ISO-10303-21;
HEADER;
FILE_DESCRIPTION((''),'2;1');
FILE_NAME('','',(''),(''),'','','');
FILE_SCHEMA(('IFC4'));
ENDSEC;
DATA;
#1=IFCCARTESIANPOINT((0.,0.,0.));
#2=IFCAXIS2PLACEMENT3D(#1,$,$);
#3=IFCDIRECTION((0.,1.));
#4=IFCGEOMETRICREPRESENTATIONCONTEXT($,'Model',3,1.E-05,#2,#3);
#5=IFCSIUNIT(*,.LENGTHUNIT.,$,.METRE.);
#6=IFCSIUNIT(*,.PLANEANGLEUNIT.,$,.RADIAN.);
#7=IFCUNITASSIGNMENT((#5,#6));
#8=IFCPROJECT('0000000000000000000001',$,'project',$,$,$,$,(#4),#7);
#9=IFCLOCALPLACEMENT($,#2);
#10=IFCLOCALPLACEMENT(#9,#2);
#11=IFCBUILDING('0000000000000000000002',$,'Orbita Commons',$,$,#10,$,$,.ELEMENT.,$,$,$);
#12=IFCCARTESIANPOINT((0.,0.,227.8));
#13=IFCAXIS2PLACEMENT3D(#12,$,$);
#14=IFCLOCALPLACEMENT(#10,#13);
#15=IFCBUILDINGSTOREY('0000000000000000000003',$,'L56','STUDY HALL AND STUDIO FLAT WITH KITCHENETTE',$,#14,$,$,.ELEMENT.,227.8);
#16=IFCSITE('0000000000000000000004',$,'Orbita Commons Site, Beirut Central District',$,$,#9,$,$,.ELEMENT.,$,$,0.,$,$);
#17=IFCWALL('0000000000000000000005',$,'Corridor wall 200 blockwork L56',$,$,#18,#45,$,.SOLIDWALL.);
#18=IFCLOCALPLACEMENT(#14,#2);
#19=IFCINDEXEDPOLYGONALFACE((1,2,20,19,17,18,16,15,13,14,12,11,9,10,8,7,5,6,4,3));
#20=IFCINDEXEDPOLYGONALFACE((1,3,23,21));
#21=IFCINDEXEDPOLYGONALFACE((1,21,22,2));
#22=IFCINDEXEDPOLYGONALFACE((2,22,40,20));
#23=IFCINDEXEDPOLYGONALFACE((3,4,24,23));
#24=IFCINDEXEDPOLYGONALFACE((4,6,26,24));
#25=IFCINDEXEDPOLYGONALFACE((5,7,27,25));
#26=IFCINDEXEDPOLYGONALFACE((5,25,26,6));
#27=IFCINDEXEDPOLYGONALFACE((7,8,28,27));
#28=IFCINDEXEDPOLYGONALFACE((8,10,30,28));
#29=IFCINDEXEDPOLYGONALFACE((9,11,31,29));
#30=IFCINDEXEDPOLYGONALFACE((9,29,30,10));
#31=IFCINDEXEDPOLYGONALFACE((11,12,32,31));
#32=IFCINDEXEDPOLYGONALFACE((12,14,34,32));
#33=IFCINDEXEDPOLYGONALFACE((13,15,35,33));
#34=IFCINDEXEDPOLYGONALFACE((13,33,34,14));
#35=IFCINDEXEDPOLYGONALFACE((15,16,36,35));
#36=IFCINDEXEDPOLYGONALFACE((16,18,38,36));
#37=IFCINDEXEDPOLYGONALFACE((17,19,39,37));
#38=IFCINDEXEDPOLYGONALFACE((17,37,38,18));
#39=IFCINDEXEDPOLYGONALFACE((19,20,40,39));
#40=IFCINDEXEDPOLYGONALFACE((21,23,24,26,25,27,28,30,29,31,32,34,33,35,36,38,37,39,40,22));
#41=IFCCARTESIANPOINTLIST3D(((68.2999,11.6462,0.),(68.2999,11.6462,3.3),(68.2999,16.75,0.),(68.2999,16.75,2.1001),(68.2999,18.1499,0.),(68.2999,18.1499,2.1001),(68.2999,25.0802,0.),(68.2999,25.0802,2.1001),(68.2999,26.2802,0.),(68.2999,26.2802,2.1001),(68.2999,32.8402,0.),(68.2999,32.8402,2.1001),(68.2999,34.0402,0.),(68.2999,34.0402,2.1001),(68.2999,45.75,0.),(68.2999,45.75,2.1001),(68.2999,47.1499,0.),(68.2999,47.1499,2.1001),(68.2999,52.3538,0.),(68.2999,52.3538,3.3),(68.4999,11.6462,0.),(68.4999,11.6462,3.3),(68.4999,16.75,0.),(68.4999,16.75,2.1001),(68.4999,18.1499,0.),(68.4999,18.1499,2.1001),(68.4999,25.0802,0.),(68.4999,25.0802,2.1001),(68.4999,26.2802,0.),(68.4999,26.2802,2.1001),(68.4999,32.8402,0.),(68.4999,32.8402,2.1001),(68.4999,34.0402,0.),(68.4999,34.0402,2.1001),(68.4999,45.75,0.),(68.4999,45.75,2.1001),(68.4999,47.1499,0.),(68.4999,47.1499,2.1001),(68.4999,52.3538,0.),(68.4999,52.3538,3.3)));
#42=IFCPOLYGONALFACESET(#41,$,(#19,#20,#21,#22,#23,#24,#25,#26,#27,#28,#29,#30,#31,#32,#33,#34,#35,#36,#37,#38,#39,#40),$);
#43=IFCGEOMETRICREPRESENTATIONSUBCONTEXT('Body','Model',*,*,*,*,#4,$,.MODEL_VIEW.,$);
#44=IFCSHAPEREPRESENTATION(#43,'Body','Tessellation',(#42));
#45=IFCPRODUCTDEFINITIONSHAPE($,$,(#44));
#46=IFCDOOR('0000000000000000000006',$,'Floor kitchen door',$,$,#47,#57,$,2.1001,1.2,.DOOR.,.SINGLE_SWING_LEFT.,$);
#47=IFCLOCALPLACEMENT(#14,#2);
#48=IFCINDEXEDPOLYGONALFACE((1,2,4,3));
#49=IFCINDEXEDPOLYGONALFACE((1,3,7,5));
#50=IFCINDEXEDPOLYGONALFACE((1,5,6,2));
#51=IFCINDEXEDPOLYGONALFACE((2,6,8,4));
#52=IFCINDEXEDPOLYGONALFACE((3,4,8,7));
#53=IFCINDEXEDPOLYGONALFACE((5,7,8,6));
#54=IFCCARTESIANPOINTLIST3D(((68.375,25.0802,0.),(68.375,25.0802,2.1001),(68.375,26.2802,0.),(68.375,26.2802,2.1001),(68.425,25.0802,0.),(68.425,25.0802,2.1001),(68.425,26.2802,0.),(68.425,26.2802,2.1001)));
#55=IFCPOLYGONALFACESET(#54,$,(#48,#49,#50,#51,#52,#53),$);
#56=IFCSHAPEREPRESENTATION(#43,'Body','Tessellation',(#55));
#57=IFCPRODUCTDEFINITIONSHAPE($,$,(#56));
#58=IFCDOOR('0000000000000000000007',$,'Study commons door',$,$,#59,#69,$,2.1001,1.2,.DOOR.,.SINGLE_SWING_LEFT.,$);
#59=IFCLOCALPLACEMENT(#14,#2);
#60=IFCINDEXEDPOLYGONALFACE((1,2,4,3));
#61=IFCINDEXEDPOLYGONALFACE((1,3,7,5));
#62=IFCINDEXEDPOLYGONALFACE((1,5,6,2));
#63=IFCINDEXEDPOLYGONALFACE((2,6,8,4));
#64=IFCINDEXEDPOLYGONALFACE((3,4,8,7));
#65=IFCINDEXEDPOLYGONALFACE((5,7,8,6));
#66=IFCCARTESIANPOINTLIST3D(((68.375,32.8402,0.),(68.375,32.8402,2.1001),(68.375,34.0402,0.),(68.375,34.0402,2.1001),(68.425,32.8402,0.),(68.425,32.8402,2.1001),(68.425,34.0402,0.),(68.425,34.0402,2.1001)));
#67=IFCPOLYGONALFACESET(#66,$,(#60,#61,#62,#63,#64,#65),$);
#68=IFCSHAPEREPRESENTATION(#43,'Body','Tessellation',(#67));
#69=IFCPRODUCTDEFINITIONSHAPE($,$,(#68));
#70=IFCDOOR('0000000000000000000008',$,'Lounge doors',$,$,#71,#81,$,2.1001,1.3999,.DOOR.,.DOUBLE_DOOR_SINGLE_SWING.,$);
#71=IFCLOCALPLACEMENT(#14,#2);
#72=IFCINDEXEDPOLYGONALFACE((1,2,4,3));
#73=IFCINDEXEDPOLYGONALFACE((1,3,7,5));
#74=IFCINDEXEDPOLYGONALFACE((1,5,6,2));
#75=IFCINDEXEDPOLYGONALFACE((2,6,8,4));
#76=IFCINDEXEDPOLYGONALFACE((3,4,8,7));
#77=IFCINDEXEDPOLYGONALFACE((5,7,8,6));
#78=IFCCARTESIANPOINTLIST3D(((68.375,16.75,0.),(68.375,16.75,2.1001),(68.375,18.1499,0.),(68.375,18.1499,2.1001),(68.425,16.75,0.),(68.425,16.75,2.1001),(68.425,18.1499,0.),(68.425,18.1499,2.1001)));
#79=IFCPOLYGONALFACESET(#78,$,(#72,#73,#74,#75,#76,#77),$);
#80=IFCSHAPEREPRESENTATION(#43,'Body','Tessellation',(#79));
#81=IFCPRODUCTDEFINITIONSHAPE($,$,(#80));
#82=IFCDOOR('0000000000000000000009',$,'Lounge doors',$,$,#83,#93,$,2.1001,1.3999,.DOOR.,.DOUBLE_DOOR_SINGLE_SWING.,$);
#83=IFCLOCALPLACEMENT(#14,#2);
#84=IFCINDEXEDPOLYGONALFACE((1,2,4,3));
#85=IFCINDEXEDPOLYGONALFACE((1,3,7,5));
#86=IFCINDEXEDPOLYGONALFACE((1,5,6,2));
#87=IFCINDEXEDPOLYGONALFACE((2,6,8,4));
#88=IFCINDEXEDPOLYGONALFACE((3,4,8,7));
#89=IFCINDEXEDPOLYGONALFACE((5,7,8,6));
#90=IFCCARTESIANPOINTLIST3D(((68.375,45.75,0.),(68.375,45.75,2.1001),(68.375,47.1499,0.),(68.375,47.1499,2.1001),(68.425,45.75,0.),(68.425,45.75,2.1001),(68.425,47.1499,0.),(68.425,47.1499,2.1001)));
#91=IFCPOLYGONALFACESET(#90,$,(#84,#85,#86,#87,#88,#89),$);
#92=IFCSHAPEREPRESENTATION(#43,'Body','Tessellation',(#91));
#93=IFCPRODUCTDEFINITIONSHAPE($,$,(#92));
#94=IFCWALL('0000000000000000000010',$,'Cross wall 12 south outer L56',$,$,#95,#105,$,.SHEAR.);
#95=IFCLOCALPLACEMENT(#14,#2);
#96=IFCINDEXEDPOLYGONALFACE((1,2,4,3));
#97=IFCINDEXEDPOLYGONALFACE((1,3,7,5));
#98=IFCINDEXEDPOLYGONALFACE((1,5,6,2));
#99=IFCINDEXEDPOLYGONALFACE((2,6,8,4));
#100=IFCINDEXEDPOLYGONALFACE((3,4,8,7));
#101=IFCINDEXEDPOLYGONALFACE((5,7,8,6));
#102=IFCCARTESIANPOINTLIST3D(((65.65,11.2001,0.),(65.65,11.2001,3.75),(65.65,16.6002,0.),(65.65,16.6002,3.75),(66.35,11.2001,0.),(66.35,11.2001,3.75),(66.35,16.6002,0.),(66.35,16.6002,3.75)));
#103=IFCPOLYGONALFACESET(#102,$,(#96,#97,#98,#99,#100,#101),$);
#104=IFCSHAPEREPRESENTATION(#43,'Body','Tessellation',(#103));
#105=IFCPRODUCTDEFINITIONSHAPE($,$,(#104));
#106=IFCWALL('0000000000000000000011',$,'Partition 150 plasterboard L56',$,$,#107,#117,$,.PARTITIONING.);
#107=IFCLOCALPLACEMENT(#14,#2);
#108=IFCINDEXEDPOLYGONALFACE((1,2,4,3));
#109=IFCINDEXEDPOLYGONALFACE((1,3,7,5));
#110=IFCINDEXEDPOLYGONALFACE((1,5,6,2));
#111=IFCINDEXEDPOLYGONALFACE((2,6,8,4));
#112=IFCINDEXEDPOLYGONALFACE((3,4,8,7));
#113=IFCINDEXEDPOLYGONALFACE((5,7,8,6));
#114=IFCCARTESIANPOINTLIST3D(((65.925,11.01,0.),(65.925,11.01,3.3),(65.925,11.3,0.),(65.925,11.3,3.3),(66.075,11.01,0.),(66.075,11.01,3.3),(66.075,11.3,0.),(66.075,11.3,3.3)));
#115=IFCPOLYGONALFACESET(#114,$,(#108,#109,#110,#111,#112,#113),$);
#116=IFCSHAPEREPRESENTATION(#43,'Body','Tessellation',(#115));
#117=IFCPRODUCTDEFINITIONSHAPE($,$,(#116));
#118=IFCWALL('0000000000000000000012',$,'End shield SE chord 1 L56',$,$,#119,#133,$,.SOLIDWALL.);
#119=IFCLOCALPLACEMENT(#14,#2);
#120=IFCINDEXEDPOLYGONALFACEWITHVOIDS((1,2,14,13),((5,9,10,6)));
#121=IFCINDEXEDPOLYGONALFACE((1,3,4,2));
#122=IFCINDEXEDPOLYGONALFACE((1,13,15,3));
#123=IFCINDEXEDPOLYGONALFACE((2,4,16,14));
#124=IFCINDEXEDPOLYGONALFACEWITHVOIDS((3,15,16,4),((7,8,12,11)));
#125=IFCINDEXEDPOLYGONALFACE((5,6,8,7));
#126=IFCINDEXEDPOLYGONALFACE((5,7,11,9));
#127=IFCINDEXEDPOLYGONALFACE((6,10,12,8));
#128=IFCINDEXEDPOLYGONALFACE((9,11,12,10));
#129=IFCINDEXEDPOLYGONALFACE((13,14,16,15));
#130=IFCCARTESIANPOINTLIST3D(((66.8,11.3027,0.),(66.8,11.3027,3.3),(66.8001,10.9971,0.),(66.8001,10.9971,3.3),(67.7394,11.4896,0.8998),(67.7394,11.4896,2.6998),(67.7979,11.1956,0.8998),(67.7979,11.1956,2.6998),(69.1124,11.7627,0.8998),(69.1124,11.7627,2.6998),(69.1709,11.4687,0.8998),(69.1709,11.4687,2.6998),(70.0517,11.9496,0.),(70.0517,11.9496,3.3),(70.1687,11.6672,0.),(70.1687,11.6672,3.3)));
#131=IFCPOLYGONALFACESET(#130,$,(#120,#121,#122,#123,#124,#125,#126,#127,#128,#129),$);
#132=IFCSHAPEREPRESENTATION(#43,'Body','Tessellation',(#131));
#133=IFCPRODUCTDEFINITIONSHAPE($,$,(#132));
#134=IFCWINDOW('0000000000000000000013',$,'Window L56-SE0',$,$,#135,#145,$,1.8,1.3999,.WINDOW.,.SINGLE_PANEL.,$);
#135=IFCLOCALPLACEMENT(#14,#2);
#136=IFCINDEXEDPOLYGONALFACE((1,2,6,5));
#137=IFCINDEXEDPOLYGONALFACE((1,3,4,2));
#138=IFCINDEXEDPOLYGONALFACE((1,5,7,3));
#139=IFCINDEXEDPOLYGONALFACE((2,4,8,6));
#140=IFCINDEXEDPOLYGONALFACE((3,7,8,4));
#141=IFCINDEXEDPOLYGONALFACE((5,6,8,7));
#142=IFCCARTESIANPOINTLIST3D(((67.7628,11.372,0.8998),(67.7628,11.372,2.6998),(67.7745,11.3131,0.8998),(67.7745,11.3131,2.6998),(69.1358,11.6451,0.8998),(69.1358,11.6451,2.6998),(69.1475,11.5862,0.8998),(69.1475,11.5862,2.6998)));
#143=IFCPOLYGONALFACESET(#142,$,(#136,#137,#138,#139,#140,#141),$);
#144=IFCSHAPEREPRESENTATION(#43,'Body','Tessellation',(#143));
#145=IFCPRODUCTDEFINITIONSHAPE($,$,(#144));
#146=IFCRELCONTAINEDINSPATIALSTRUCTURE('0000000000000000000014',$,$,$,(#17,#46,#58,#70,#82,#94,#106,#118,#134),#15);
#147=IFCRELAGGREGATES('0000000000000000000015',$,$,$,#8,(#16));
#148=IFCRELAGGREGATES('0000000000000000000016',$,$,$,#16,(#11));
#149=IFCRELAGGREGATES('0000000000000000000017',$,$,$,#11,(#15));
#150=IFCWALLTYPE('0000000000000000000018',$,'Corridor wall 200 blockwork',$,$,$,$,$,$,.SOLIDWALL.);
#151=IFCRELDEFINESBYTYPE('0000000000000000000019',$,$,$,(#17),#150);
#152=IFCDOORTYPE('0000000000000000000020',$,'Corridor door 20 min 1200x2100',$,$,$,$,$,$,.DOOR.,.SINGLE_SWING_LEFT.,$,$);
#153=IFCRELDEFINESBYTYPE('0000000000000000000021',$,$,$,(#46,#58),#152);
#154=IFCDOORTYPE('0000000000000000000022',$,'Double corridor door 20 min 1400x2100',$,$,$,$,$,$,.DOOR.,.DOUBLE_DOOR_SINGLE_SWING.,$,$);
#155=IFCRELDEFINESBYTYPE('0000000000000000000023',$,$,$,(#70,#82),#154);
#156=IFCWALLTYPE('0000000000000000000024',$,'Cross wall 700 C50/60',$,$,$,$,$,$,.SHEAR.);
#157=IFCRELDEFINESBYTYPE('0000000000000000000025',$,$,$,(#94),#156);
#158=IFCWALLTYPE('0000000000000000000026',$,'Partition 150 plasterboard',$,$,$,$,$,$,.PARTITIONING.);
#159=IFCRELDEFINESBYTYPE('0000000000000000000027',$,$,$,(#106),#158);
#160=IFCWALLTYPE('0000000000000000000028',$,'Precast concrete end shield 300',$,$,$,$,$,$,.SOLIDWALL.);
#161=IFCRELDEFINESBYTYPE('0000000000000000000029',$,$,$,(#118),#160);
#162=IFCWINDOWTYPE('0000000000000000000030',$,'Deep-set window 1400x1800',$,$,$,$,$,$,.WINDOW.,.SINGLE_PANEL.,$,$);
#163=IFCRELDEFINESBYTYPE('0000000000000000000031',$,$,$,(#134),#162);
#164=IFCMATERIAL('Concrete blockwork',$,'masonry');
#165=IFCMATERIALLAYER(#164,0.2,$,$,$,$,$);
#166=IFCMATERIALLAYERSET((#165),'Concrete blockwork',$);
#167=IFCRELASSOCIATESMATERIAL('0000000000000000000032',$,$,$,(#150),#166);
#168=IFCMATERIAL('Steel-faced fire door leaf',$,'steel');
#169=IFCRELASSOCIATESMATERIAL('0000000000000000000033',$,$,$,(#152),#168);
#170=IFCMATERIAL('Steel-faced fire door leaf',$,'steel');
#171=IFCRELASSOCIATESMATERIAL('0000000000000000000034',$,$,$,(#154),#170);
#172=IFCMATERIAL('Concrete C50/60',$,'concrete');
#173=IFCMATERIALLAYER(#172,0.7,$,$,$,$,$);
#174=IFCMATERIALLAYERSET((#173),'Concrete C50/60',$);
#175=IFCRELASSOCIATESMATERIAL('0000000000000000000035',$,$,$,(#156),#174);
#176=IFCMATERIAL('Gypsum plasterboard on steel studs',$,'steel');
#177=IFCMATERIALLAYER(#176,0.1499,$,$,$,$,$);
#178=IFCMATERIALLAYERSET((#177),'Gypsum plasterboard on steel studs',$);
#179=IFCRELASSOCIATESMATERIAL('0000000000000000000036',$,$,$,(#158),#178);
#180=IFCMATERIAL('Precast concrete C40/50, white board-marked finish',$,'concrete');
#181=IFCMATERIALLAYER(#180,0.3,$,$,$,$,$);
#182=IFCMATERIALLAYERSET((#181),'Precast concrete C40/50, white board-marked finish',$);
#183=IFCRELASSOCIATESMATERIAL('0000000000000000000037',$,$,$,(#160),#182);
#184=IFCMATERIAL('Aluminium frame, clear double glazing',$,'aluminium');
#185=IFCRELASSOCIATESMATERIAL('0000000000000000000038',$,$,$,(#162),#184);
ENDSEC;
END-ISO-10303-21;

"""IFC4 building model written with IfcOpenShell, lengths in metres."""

from ifc_helpers import new_model, si_unit, direction, frame, frame_2d, origin, place, context, subcontext, project, spatial, polyline, rectangle, outline, extrude, material, layer, layer_set, type_object, element, fill, save


model = new_model("IFC4")

# Units and contexts
model_context = context("Model", 3, precision=1e-05, world=origin(), true_north=direction((0.0, 1.0)))
body_context = subcontext(model_context, "Body", "Model", "MODEL_VIEW")
ifc_project = project(units=[si_unit("LENGTHUNIT", "METRE"), si_unit("PLANEANGLEUNIT", "RADIAN")], contexts=[model_context])

# Site, building, storey
site_placement = place(None, origin())
site = spatial("IfcSite", under=ifc_project, at=site_placement, Name="Orbita Commons Site, Beirut Central District", CompositionType="ELEMENT", RefElevation=0.0)
building_placement = place(site_placement, origin())
building = spatial("IfcBuilding", under=site, at=building_placement, Name="Orbita Commons", CompositionType="ELEMENT")
storey_placement = place(building_placement, frame((0.0, 0.0, 227.8)))
storey = spatial("IfcBuildingStorey", under=building, at=storey_placement, Name="L56", Description="STUDY HALL AND STUDIO FLAT WITH KITCHENETTE", CompositionType="ELEMENT", Elevation=227.8)

# Wall, openings, doors
ifc_material_1 = material(Name="Concrete blockwork", Category="masonry")
ifc_layer_1 = layer(ifc_material_1, 0.2)
ifc_layer_set_1 = layer_set([ifc_layer_1], Name="Concrete blockwork")
wall_type_1 = type_object("IfcWallType", Name="Corridor wall 200 blockwork", PredefinedType="SOLIDWALL", material=ifc_layer_set_1)
wall_1_placement = place(storey_placement, frame((68.3999, 11.6462, 0.0), z_axis=(0.0, 0.0, 1.0), x_axis=(0.0, 1.0, 0.0)))
wall_1 = element("IfcWall", 1, at=wall_1_placement, inside=storey, type_object=wall_type_1, Name="Corridor wall 200 blockwork L56", PredefinedType="SOLIDWALL", context=body_context, shape_type="SweptSolid", body=[
    extrude(rectangle(XDim=40.7075, YDim=0.2, at=frame_2d((20.3538, 0.0))), origin(), (0.0, 0.0, 1.0), 3.3),
])
opening_1_placement = place(wall_1_placement, frame((13.4338, 0.0, 0.0)))
opening_1 = element("IfcOpeningElement", 2, at=opening_1_placement, cuts=wall_1, PredefinedType="OPENING", context=body_context, shape_type="SweptSolid", body=[
    extrude(rectangle(XDim=1.2, YDim=2.1001, at=frame_2d((0.6001, 1.05))), frame((0.0, 0.1099, 0.0), z_axis=(0.0, -1.0, 0.0), x_axis=(1.0, 0.0, 0.0)), (0.0, 0.0, 1.0), 0.22),
])
opening_2_placement = place(wall_1_placement, frame((21.1938, 0.0, 0.0)))
opening_2 = element("IfcOpeningElement", 3, at=opening_2_placement, cuts=wall_1, PredefinedType="OPENING", context=body_context, shape_type="SweptSolid", body=[
    extrude(rectangle(XDim=1.2, YDim=2.1001, at=frame_2d((0.6001, 1.05))), frame((0.0, 0.1099, 0.0), z_axis=(0.0, -1.0, 0.0), x_axis=(1.0, 0.0, 0.0)), (0.0, 0.0, 1.0), 0.22),
])
opening_3_placement = place(wall_1_placement, frame((5.1038, 0.0, 0.0)))
opening_3 = element("IfcOpeningElement", 4, at=opening_3_placement, cuts=wall_1, PredefinedType="OPENING", context=body_context, shape_type="SweptSolid", body=[
    extrude(rectangle(XDim=1.3999, YDim=2.1001, at=frame_2d((0.7, 1.05))), frame((0.0, 0.1099, 0.0), z_axis=(0.0, -1.0, 0.0), x_axis=(1.0, 0.0, 0.0)), (0.0, 0.0, 1.0), 0.22),
])
opening_4_placement = place(wall_1_placement, frame((34.1038, 0.0, 0.0)))
opening_4 = element("IfcOpeningElement", 5, at=opening_4_placement, cuts=wall_1, PredefinedType="OPENING", context=body_context, shape_type="SweptSolid", body=[
    extrude(rectangle(XDim=1.3999, YDim=2.1001, at=frame_2d((0.7, 1.05))), frame((0.0, 0.1099, 0.0), z_axis=(0.0, -1.0, 0.0), x_axis=(1.0, 0.0, 0.0)), (0.0, 0.0, 1.0), 0.22),
])
ifc_material_2 = material(Name="Steel-faced fire door leaf", Category="steel")
door_type_1 = type_object("IfcDoorType", Name="Corridor door 20 min 1200x2100", OperationType="SINGLE_SWING_LEFT", PredefinedType="DOOR", material=ifc_material_2)
door_1_placement = place(opening_1_placement, origin())
door_1 = element("IfcDoor", 6, at=door_1_placement, inside=storey, type_object=door_type_1, Name="Floor kitchen door", OperationType="SINGLE_SWING_LEFT", OverallHeight=2.1001, OverallWidth=1.2, PredefinedType="DOOR", context=body_context, shape_type="SweptSolid", body=[
    extrude(rectangle(XDim=1.2, YDim=2.1001, at=frame_2d((0.6001, 1.05))), frame((0.0, 0.0249, 0.0), z_axis=(0.0, -1.0, 0.0), x_axis=(1.0, 0.0, 0.0)), (0.0, 0.0, 1.0), 0.05),
])
fill(opening_1, door_1)
door_2_placement = place(opening_2_placement, origin())
door_2 = element("IfcDoor", 7, at=door_2_placement, inside=storey, type_object=door_type_1, Name="Study commons door", OperationType="SINGLE_SWING_LEFT", OverallHeight=2.1001, OverallWidth=1.2, PredefinedType="DOOR", context=body_context, shape_type="SweptSolid", body=[
    extrude(rectangle(XDim=1.2, YDim=2.1001, at=frame_2d((0.6001, 1.05))), frame((0.0, 0.0249, 0.0), z_axis=(0.0, -1.0, 0.0), x_axis=(1.0, 0.0, 0.0)), (0.0, 0.0, 1.0), 0.05),
])
fill(opening_2, door_2)
ifc_material_3 = material(Name="Steel-faced fire door leaf", Category="steel")
door_type_2 = type_object("IfcDoorType", Name="Double corridor door 20 min 1400x2100", OperationType="DOUBLE_DOOR_SINGLE_SWING", PredefinedType="DOOR", material=ifc_material_3)
door_3_placement = place(opening_3_placement, origin())
door_3 = element("IfcDoor", 8, at=door_3_placement, inside=storey, type_object=door_type_2, Name="Lounge doors", OperationType="DOUBLE_DOOR_SINGLE_SWING", OverallHeight=2.1001, OverallWidth=1.3999, PredefinedType="DOOR", context=body_context, shape_type="SweptSolid", body=[
    extrude(rectangle(XDim=1.3999, YDim=2.1001, at=frame_2d((0.7, 1.05))), frame((0.0, 0.0249, 0.0), z_axis=(0.0, -1.0, 0.0), x_axis=(1.0, 0.0, 0.0)), (0.0, 0.0, 1.0), 0.05),
])
fill(opening_3, door_3)
door_4_placement = place(opening_4_placement, origin())
door_4 = element("IfcDoor", 9, at=door_4_placement, inside=storey, type_object=door_type_2, Name="Lounge doors", OperationType="DOUBLE_DOOR_SINGLE_SWING", OverallHeight=2.1001, OverallWidth=1.3999, PredefinedType="DOOR", context=body_context, shape_type="SweptSolid", body=[
    extrude(rectangle(XDim=1.3999, YDim=2.1001, at=frame_2d((0.7, 1.05))), frame((0.0, 0.0249, 0.0), z_axis=(0.0, -1.0, 0.0), x_axis=(1.0, 0.0, 0.0)), (0.0, 0.0, 1.0), 0.05),
])
fill(opening_4, door_4)

# Walls
ifc_material_4 = material(Name="Concrete C50/60", Category="concrete")
ifc_layer_2 = layer(ifc_material_4, 0.7)
ifc_layer_set_2 = layer_set([ifc_layer_2], Name="Concrete C50/60")
wall_type_2 = type_object("IfcWallType", Name="Cross wall 700 C50/60", PredefinedType="SHEAR", material=ifc_layer_set_2)
wall_2_placement = place(storey_placement, frame((66.0, 11.2, 0.0), z_axis=(0.0, 0.0, 1.0), x_axis=(0.0, 1.0, 0.0)))
element("IfcWall", 10, at=wall_2_placement, inside=storey, type_object=wall_type_2, Name="Cross wall 12 south outer L56", PredefinedType="SHEAR", context=body_context, shape_type="SweptSolid", body=[
    extrude(rectangle(XDim=5.4001, YDim=0.7, at=frame_2d((2.7002, 0.0))), origin(), (0.0, 0.0, 1.0), 3.75),
])
ifc_material_5 = material(Name="Gypsum plasterboard on steel studs", Category="steel")
ifc_layer_3 = layer(ifc_material_5, 0.1499)
ifc_layer_set_3 = layer_set([ifc_layer_3], Name="Gypsum plasterboard on steel studs")
wall_type_3 = type_object("IfcWallType", Name="Partition 150 plasterboard", PredefinedType="PARTITIONING", material=ifc_layer_set_3)
wall_3_placement = place(storey_placement, frame((66.0, 11.3, 0.0), z_axis=(0.0, 0.0, 1.0), x_axis=(0.0, -1.0, 0.0)))
element("IfcWall", 11, at=wall_3_placement, inside=storey, type_object=wall_type_3, Name="Partition 150 plasterboard L56", PredefinedType="PARTITIONING", context=body_context, shape_type="SweptSolid", body=[
    extrude(rectangle(XDim=0.29, YDim=0.1499, at=frame_2d((0.145, 0.0))), origin(), (0.0, 0.0, 1.0), 3.3),
])

# Wall, opening, window
ifc_material_6 = material(Name="Precast concrete C40/50, white board-marked finish", Category="concrete")
ifc_layer_4 = layer(ifc_material_6, 0.3)
ifc_layer_set_4 = layer_set([ifc_layer_4], Name="Precast concrete C40/50, white board-marked finish")
wall_type_4 = type_object("IfcWallType", Name="Precast concrete end shield 300", PredefinedType="SOLIDWALL", material=ifc_layer_set_4)
wall_4_placement = place(storey_placement, frame((66.8, 11.1499, 0.0), z_axis=(0.0, 0.0, 1.0), x_axis=(0.980783, 0.1951, 0.0)))
wall_4 = element("IfcWall", 12, at=wall_4_placement, inside=storey, type_object=wall_type_4, Name="End shield SE chord 1 L56", PredefinedType="SOLIDWALL", context=body_context, shape_type="SweptSolid", body=[
    extrude(outline(polyline([(-0.0298, -0.1499), (3.4048, -0.1499), (3.3452, 0.1499), (0.0298, 0.1499), (-0.0298, -0.1499)])), origin(), (0.0, 0.0, 1.0), 3.3),
])
opening_5_placement = place(wall_4_placement, frame((0.9875, 0.0, 0.8999)))
opening_5 = element("IfcOpeningElement", 13, at=opening_5_placement, cuts=wall_4, PredefinedType="OPENING", context=body_context, shape_type="SweptSolid", body=[
    extrude(rectangle(XDim=1.3999, YDim=1.8, at=frame_2d((0.7, 0.8999))), frame((0.0, 0.1599, 0.0), z_axis=(0.0, -1.0, 0.0), x_axis=(1.0, 0.0, 0.0)), (0.0, 0.0, 1.0), 0.3201),
])
ifc_material_7 = material(Name="Aluminium frame, clear double glazing", Category="aluminium")
window_type = type_object("IfcWindowType", Name="Deep-set window 1400x1800", PartitioningType="SINGLE_PANEL", PredefinedType="WINDOW", material=ifc_material_7)
window_1_placement = place(opening_5_placement, origin())
window_1 = element("IfcWindow", 14, at=window_1_placement, inside=storey, type_object=window_type, Name="Window L56-SE0", OverallHeight=1.8, OverallWidth=1.3999, PartitioningType="SINGLE_PANEL", PredefinedType="WINDOW", context=body_context, shape_type="SweptSolid", body=[
    extrude(rectangle(XDim=1.3999, YDim=1.8, at=frame_2d((0.7, 0.8999))), frame((0.0, 0.03, 0.0), z_axis=(0.0, -1.0, 0.0), x_axis=(1.0, 0.0, 0.0)), (0.0, 0.0, 1.0), 0.0601),
])
fill(opening_5, window_1)

save(model, "model.ifc")
